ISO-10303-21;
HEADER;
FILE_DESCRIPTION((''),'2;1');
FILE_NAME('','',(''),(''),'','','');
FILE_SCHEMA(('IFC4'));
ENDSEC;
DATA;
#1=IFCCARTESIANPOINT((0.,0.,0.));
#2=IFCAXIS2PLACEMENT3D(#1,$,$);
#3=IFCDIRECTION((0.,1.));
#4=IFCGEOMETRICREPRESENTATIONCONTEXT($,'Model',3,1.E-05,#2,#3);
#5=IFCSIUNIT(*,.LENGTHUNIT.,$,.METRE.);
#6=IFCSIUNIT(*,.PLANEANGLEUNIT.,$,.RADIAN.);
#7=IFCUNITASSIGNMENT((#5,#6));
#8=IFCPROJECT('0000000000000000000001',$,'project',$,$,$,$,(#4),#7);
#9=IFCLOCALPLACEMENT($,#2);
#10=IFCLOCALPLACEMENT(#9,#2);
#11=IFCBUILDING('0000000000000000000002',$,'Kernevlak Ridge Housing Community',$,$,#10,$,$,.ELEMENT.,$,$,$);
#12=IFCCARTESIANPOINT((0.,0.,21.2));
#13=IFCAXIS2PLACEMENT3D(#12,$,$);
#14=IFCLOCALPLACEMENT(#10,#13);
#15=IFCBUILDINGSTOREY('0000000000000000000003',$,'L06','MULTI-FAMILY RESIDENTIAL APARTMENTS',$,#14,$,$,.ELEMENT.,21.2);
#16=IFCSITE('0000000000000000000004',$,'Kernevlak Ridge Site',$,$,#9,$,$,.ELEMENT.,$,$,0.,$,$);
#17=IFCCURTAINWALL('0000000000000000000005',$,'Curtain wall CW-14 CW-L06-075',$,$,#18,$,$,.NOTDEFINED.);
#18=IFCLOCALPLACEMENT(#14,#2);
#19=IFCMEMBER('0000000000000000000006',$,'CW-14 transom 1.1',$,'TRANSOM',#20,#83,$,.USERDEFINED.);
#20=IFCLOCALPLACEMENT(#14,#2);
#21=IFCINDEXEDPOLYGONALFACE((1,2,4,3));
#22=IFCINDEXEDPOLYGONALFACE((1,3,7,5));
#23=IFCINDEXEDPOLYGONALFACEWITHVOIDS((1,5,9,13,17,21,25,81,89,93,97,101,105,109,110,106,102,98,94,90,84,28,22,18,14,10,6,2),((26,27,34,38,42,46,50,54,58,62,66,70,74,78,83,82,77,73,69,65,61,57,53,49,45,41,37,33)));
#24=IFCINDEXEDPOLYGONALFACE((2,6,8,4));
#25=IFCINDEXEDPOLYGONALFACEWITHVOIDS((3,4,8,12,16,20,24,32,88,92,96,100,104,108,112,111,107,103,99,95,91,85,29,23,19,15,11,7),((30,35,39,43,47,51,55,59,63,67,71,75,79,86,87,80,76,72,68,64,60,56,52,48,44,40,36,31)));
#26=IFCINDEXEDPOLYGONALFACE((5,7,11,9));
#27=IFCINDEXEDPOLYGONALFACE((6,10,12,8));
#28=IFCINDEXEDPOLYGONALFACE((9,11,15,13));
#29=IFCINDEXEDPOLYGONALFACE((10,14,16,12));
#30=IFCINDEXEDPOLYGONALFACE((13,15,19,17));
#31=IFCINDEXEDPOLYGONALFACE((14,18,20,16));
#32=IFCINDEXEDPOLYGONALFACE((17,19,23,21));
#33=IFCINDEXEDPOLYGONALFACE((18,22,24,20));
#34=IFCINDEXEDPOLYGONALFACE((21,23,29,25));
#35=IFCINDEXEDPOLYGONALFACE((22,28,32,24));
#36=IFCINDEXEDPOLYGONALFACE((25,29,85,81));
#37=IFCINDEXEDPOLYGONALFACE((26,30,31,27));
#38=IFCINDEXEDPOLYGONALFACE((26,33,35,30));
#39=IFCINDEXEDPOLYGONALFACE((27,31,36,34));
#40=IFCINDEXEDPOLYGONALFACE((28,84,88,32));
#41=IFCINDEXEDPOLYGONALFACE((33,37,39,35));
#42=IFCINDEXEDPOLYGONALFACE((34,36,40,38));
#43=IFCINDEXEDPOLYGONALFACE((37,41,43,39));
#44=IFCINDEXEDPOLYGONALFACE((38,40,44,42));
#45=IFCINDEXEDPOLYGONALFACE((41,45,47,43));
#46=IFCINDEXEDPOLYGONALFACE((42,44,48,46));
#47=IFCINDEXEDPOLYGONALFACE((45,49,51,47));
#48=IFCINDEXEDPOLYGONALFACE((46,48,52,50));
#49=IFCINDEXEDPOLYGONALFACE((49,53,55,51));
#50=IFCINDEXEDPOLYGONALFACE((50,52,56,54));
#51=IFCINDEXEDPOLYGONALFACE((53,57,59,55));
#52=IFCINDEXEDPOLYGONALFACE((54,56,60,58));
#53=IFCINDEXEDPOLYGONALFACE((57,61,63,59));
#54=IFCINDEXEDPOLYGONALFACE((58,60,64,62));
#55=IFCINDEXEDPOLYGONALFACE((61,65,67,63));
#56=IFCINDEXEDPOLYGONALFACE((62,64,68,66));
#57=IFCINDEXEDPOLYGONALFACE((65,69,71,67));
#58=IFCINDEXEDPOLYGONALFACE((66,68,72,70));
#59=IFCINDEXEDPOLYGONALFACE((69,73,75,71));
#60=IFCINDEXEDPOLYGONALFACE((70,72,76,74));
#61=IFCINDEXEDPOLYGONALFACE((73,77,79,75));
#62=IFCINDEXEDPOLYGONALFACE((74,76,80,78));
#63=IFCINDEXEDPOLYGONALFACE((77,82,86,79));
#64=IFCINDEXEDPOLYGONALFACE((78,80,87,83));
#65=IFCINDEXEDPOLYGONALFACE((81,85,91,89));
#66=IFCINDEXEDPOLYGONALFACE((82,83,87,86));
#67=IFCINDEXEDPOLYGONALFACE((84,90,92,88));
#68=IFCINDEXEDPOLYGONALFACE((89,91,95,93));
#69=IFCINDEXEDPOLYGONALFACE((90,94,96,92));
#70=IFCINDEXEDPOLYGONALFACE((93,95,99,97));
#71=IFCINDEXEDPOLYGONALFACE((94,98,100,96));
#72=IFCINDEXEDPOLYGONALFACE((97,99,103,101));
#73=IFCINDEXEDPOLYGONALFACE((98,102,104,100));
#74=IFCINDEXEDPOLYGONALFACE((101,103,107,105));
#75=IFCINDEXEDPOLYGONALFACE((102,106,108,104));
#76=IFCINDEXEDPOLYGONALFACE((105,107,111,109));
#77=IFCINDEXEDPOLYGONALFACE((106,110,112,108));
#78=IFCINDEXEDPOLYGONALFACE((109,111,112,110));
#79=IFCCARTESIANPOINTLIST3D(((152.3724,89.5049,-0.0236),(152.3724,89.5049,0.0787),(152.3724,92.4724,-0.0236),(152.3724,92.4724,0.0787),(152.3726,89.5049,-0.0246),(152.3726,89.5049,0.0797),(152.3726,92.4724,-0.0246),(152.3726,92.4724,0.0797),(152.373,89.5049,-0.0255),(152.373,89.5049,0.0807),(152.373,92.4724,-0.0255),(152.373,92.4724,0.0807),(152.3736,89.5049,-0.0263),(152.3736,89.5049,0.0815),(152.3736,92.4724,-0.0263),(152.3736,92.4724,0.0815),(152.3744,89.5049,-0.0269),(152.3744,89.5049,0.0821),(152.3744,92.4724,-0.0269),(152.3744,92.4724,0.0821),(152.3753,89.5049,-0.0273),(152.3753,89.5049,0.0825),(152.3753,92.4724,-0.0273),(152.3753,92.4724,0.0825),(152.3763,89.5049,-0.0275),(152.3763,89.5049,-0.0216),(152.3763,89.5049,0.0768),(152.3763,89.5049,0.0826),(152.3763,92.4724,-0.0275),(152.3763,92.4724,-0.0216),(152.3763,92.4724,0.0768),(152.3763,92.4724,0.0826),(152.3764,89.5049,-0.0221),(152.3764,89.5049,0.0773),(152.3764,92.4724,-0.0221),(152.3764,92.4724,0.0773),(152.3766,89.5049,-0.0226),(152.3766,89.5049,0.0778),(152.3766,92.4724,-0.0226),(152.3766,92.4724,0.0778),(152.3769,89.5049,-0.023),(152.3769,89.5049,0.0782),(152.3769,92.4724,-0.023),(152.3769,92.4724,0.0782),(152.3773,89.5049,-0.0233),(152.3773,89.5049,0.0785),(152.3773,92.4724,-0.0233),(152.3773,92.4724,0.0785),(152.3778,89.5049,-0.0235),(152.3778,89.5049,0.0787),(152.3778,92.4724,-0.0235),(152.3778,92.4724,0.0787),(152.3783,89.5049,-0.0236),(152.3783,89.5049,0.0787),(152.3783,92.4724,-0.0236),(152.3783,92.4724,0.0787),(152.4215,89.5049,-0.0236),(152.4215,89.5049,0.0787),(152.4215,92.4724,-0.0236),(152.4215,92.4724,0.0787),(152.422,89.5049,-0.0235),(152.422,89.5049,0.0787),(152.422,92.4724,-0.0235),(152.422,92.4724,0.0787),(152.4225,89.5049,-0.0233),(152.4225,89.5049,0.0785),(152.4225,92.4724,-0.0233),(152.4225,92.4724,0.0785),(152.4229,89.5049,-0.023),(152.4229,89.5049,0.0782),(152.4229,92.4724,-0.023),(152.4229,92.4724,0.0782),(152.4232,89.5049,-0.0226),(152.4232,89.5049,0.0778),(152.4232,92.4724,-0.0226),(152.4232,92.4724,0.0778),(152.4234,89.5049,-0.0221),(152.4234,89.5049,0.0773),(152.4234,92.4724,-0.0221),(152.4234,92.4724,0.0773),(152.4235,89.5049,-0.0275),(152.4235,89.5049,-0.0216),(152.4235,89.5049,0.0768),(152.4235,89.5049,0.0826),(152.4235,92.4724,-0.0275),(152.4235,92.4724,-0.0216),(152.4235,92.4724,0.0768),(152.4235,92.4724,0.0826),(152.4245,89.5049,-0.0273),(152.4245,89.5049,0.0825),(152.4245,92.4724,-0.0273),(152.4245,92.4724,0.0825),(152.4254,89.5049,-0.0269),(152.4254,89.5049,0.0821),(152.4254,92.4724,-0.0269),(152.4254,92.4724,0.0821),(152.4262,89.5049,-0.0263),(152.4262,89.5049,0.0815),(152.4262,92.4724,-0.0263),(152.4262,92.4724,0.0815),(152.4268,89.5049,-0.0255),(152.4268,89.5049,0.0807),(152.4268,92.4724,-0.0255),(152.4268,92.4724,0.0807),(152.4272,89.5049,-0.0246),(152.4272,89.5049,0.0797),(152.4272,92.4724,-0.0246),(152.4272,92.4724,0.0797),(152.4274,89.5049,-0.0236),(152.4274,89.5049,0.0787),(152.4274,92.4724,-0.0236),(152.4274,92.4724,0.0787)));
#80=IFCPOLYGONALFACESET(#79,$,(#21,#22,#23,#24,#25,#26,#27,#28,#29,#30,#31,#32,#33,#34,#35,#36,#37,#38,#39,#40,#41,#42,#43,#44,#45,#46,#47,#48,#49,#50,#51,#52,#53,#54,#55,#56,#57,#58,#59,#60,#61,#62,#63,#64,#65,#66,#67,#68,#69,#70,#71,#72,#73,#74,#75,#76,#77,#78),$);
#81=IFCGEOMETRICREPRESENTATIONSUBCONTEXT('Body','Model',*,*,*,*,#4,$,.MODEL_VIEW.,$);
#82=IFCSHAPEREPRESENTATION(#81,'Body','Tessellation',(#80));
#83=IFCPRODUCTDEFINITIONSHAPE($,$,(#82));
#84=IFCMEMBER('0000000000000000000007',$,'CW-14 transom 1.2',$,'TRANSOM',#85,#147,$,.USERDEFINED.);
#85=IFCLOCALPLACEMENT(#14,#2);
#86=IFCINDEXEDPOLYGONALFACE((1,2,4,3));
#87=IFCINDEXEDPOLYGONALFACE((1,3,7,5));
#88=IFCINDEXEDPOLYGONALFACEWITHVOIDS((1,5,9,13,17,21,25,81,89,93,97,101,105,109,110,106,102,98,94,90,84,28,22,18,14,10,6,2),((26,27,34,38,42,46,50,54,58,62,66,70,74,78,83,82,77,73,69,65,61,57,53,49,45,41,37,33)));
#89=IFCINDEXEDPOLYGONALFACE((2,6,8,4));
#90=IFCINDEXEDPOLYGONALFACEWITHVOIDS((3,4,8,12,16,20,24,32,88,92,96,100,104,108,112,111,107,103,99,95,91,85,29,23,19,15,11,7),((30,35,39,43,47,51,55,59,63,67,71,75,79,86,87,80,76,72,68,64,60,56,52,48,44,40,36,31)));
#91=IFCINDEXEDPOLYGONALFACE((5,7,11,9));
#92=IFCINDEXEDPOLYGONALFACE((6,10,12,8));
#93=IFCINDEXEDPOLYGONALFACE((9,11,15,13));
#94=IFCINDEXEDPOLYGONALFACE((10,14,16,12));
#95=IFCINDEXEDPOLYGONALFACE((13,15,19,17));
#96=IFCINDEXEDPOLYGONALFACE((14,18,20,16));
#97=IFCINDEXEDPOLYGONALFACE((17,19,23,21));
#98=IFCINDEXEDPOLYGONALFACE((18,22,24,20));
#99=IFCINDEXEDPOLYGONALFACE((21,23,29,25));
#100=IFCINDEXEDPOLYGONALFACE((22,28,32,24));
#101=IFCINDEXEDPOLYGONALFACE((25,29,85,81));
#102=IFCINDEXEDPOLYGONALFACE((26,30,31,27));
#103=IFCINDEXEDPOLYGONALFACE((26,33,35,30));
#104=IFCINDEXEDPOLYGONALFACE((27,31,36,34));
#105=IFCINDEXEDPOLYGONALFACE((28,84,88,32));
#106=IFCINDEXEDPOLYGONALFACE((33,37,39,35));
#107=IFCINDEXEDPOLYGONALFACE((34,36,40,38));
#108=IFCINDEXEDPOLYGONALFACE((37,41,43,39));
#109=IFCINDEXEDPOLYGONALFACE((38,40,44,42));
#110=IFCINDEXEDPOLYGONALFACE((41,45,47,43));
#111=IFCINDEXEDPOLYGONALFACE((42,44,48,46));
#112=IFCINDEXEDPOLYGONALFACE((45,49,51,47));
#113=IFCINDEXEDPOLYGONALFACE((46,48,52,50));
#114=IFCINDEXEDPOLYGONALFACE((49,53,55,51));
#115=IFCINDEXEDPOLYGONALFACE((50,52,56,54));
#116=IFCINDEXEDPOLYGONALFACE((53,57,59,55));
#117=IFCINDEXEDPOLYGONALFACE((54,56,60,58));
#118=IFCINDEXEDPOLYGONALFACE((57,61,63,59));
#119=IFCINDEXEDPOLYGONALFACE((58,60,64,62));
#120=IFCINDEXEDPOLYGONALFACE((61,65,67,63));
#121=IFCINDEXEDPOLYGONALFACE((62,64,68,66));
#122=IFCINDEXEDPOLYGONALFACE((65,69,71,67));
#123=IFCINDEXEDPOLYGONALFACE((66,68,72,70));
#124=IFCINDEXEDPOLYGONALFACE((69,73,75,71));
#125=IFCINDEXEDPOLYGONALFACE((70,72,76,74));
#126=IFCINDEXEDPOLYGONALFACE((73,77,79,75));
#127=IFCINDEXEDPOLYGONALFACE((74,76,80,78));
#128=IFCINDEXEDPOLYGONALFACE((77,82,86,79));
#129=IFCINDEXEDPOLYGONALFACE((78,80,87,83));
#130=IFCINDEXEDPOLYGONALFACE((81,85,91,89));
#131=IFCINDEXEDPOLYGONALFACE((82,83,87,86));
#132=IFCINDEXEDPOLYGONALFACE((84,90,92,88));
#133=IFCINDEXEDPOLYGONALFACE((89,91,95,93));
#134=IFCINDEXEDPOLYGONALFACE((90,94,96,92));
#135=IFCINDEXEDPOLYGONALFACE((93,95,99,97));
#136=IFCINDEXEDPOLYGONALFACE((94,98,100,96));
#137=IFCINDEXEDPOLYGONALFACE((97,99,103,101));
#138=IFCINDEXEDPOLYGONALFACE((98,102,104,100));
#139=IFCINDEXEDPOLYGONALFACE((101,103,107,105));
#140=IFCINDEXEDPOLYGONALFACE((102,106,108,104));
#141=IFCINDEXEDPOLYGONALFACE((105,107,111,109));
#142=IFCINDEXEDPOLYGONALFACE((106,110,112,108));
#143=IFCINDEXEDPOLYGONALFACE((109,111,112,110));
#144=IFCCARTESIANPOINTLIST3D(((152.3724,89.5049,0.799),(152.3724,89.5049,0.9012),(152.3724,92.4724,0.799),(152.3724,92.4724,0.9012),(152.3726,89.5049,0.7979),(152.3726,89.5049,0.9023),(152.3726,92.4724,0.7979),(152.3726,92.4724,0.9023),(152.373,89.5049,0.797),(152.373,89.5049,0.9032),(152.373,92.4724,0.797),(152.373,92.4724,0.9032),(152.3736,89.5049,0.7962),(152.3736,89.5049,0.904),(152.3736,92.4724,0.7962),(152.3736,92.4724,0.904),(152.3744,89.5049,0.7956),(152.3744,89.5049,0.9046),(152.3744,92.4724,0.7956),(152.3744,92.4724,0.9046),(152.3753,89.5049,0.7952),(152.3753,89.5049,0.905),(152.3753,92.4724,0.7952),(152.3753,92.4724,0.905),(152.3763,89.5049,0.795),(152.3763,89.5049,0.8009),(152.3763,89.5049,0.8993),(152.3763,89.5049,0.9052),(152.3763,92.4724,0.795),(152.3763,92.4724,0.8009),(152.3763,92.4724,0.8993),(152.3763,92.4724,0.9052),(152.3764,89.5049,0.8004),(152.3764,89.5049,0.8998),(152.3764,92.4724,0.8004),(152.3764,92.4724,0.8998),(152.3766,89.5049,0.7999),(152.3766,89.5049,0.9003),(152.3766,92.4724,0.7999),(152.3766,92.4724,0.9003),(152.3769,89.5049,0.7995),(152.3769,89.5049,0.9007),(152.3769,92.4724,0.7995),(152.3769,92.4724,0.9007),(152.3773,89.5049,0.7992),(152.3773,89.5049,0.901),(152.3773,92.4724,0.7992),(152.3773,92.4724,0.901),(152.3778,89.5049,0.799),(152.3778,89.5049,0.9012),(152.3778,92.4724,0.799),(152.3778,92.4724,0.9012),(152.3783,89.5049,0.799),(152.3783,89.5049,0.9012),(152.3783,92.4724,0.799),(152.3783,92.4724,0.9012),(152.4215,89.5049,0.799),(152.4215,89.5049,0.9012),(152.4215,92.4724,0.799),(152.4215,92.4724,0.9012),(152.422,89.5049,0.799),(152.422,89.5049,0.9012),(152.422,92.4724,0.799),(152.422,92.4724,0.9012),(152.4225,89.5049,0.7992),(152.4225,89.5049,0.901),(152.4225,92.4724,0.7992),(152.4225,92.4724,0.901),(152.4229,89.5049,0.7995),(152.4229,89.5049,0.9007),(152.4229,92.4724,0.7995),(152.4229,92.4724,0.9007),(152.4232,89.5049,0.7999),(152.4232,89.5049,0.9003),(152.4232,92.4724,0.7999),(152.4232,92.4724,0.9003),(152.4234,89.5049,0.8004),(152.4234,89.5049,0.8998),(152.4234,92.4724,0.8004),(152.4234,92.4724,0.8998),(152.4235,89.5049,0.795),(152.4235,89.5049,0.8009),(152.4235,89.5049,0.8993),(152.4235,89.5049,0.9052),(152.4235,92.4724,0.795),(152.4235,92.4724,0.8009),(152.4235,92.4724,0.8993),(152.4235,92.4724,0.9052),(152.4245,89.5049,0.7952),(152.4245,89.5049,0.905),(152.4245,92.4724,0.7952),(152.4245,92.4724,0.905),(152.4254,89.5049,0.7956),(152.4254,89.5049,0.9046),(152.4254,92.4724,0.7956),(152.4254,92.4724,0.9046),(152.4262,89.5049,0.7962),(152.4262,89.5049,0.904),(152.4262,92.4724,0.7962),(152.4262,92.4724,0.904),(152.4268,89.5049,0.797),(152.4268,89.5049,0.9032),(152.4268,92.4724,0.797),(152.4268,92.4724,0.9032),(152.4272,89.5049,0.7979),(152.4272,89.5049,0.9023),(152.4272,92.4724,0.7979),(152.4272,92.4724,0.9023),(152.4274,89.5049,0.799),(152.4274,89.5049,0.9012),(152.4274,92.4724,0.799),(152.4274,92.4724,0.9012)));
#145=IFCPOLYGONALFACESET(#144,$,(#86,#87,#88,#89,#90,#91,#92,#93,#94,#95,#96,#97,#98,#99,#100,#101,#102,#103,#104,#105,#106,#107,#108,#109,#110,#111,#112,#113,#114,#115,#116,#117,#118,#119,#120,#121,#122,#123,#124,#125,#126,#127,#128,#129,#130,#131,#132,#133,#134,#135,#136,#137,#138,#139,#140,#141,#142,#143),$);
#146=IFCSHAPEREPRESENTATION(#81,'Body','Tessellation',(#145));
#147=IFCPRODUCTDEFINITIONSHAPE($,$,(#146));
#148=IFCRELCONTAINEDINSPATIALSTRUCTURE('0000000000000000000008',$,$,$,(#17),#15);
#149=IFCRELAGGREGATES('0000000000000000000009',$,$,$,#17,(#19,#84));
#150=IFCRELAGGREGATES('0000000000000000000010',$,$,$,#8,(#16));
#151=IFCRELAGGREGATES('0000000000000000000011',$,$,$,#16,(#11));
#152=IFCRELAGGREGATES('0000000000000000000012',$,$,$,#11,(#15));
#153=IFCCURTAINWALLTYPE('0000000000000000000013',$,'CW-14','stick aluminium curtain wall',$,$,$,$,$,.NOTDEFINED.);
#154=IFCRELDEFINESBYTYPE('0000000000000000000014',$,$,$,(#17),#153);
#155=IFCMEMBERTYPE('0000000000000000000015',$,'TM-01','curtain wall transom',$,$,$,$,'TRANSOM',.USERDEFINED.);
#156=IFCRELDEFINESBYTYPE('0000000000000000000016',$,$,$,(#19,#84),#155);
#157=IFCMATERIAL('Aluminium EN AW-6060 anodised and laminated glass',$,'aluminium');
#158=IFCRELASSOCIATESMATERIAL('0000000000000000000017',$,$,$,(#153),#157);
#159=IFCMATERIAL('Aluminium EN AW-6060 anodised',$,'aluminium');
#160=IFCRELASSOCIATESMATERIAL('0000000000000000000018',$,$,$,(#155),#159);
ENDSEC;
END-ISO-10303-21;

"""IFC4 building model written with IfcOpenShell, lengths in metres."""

from ifc_helpers import new_model, si_unit, direction, frame, origin, origin_2d, place, context, subcontext, project, spatial, hollow_rectangle, extrude, material, material_profile, profile_set, type_object, element, aggregate, save


model = new_model("IFC4")

# Units and contexts
model_context = context("Model", 3, precision=1e-05, world=origin(), true_north=direction((0.0, 1.0)))
body_context = subcontext(model_context, "Body", "Model", "MODEL_VIEW")
ifc_project = project(units=[si_unit("LENGTHUNIT", "METRE"), si_unit("PLANEANGLEUNIT", "RADIAN")], contexts=[model_context])

# Site, building, storey
site_placement = place(None, origin())
site = spatial("IfcSite", under=ifc_project, at=site_placement, Name="Kernevlak Ridge Site", CompositionType="ELEMENT", RefElevation=0.0)
building_placement = place(site_placement, origin())
building = spatial("IfcBuilding", under=site, at=building_placement, Name="Kernevlak Ridge Housing Community", CompositionType="ELEMENT")
storey_placement = place(building_placement, frame((0.0, 0.0, 21.2)))
storey = spatial("IfcBuildingStorey", under=building, at=storey_placement, Name="L06", Description="MULTI-FAMILY RESIDENTIAL APARTMENTS", CompositionType="ELEMENT", Elevation=21.2)

# Curtain wall
ifc_material_1 = material(Name="Aluminium EN AW-6060 anodised and laminated glass", Category="aluminium")
curtain_wall_type = type_object("IfcCurtainWallType", Name="CW-14", Description="stick aluminium curtain wall", PredefinedType="NOTDEFINED", material=ifc_material_1)
curtain_wall_placement = place(storey_placement, origin())
curtain_wall = element("IfcCurtainWall", 1, at=curtain_wall_placement, inside=storey, type_object=curtain_wall_type, Name="Curtain wall CW-14 CW-L06-075", PredefinedType="NOTDEFINED")
ifc_material_2 = material(Name="Aluminium EN AW-6060 anodised", Category="aluminium")

# Members
ifc_material_profile_1 = material_profile(ifc_material_2, hollow_rectangle(XDim=0.0549, YDim=0.1101, WallThickness=0.0039, InnerFilletRadius=0.002, OuterFilletRadius=0.0039, at=origin_2d()), Name="ALU 55x110x4")
ifc_profile_set_1 = profile_set([ifc_material_profile_1], Name="Aluminium EN AW-6060 anodised")
member_type_1 = type_object("IfcMemberType", Name="TM-01", Description="curtain wall transom", ElementType="TRANSOM", PredefinedType="USERDEFINED", material=ifc_profile_set_1)
member_1_placement = place(storey_placement, frame((152.3999, 89.5049, 0.0276), z_axis=(0.0, 1.0, 0.0), x_axis=(-1.0, 0.0, 0.0)))
member_1 = element("IfcMember", 2, at=member_1_placement, type_object=member_type_1, Name="CW-14 transom 1.1", ObjectType="TRANSOM", PredefinedType="USERDEFINED", context=body_context, shape_type="SweptSolid", body=[
    extrude(hollow_rectangle(XDim=0.0549, YDim=0.1101, WallThickness=0.0039, InnerFilletRadius=0.002, OuterFilletRadius=0.0039, at=origin_2d()), origin(), (0.0, 0.0, 1.0), 2.9675),
])
member_2_placement = place(storey_placement, frame((152.3999, 89.5049, 0.8501), z_axis=(0.0, 1.0, 0.0), x_axis=(-1.0, 0.0, 0.0)))
member_2 = element("IfcMember", 3, at=member_2_placement, type_object=member_type_1, Name="CW-14 transom 1.2", ObjectType="TRANSOM", PredefinedType="USERDEFINED", context=body_context, shape_type="SweptSolid", body=[
    extrude(hollow_rectangle(XDim=0.0549, YDim=0.1101, WallThickness=0.0039, InnerFilletRadius=0.002, OuterFilletRadius=0.0039, at=origin_2d()), origin(), (0.0, 0.0, 1.0), 2.9675),
])

aggregate(curtain_wall, [member_1, member_2])

save(model, "model.ifc")
